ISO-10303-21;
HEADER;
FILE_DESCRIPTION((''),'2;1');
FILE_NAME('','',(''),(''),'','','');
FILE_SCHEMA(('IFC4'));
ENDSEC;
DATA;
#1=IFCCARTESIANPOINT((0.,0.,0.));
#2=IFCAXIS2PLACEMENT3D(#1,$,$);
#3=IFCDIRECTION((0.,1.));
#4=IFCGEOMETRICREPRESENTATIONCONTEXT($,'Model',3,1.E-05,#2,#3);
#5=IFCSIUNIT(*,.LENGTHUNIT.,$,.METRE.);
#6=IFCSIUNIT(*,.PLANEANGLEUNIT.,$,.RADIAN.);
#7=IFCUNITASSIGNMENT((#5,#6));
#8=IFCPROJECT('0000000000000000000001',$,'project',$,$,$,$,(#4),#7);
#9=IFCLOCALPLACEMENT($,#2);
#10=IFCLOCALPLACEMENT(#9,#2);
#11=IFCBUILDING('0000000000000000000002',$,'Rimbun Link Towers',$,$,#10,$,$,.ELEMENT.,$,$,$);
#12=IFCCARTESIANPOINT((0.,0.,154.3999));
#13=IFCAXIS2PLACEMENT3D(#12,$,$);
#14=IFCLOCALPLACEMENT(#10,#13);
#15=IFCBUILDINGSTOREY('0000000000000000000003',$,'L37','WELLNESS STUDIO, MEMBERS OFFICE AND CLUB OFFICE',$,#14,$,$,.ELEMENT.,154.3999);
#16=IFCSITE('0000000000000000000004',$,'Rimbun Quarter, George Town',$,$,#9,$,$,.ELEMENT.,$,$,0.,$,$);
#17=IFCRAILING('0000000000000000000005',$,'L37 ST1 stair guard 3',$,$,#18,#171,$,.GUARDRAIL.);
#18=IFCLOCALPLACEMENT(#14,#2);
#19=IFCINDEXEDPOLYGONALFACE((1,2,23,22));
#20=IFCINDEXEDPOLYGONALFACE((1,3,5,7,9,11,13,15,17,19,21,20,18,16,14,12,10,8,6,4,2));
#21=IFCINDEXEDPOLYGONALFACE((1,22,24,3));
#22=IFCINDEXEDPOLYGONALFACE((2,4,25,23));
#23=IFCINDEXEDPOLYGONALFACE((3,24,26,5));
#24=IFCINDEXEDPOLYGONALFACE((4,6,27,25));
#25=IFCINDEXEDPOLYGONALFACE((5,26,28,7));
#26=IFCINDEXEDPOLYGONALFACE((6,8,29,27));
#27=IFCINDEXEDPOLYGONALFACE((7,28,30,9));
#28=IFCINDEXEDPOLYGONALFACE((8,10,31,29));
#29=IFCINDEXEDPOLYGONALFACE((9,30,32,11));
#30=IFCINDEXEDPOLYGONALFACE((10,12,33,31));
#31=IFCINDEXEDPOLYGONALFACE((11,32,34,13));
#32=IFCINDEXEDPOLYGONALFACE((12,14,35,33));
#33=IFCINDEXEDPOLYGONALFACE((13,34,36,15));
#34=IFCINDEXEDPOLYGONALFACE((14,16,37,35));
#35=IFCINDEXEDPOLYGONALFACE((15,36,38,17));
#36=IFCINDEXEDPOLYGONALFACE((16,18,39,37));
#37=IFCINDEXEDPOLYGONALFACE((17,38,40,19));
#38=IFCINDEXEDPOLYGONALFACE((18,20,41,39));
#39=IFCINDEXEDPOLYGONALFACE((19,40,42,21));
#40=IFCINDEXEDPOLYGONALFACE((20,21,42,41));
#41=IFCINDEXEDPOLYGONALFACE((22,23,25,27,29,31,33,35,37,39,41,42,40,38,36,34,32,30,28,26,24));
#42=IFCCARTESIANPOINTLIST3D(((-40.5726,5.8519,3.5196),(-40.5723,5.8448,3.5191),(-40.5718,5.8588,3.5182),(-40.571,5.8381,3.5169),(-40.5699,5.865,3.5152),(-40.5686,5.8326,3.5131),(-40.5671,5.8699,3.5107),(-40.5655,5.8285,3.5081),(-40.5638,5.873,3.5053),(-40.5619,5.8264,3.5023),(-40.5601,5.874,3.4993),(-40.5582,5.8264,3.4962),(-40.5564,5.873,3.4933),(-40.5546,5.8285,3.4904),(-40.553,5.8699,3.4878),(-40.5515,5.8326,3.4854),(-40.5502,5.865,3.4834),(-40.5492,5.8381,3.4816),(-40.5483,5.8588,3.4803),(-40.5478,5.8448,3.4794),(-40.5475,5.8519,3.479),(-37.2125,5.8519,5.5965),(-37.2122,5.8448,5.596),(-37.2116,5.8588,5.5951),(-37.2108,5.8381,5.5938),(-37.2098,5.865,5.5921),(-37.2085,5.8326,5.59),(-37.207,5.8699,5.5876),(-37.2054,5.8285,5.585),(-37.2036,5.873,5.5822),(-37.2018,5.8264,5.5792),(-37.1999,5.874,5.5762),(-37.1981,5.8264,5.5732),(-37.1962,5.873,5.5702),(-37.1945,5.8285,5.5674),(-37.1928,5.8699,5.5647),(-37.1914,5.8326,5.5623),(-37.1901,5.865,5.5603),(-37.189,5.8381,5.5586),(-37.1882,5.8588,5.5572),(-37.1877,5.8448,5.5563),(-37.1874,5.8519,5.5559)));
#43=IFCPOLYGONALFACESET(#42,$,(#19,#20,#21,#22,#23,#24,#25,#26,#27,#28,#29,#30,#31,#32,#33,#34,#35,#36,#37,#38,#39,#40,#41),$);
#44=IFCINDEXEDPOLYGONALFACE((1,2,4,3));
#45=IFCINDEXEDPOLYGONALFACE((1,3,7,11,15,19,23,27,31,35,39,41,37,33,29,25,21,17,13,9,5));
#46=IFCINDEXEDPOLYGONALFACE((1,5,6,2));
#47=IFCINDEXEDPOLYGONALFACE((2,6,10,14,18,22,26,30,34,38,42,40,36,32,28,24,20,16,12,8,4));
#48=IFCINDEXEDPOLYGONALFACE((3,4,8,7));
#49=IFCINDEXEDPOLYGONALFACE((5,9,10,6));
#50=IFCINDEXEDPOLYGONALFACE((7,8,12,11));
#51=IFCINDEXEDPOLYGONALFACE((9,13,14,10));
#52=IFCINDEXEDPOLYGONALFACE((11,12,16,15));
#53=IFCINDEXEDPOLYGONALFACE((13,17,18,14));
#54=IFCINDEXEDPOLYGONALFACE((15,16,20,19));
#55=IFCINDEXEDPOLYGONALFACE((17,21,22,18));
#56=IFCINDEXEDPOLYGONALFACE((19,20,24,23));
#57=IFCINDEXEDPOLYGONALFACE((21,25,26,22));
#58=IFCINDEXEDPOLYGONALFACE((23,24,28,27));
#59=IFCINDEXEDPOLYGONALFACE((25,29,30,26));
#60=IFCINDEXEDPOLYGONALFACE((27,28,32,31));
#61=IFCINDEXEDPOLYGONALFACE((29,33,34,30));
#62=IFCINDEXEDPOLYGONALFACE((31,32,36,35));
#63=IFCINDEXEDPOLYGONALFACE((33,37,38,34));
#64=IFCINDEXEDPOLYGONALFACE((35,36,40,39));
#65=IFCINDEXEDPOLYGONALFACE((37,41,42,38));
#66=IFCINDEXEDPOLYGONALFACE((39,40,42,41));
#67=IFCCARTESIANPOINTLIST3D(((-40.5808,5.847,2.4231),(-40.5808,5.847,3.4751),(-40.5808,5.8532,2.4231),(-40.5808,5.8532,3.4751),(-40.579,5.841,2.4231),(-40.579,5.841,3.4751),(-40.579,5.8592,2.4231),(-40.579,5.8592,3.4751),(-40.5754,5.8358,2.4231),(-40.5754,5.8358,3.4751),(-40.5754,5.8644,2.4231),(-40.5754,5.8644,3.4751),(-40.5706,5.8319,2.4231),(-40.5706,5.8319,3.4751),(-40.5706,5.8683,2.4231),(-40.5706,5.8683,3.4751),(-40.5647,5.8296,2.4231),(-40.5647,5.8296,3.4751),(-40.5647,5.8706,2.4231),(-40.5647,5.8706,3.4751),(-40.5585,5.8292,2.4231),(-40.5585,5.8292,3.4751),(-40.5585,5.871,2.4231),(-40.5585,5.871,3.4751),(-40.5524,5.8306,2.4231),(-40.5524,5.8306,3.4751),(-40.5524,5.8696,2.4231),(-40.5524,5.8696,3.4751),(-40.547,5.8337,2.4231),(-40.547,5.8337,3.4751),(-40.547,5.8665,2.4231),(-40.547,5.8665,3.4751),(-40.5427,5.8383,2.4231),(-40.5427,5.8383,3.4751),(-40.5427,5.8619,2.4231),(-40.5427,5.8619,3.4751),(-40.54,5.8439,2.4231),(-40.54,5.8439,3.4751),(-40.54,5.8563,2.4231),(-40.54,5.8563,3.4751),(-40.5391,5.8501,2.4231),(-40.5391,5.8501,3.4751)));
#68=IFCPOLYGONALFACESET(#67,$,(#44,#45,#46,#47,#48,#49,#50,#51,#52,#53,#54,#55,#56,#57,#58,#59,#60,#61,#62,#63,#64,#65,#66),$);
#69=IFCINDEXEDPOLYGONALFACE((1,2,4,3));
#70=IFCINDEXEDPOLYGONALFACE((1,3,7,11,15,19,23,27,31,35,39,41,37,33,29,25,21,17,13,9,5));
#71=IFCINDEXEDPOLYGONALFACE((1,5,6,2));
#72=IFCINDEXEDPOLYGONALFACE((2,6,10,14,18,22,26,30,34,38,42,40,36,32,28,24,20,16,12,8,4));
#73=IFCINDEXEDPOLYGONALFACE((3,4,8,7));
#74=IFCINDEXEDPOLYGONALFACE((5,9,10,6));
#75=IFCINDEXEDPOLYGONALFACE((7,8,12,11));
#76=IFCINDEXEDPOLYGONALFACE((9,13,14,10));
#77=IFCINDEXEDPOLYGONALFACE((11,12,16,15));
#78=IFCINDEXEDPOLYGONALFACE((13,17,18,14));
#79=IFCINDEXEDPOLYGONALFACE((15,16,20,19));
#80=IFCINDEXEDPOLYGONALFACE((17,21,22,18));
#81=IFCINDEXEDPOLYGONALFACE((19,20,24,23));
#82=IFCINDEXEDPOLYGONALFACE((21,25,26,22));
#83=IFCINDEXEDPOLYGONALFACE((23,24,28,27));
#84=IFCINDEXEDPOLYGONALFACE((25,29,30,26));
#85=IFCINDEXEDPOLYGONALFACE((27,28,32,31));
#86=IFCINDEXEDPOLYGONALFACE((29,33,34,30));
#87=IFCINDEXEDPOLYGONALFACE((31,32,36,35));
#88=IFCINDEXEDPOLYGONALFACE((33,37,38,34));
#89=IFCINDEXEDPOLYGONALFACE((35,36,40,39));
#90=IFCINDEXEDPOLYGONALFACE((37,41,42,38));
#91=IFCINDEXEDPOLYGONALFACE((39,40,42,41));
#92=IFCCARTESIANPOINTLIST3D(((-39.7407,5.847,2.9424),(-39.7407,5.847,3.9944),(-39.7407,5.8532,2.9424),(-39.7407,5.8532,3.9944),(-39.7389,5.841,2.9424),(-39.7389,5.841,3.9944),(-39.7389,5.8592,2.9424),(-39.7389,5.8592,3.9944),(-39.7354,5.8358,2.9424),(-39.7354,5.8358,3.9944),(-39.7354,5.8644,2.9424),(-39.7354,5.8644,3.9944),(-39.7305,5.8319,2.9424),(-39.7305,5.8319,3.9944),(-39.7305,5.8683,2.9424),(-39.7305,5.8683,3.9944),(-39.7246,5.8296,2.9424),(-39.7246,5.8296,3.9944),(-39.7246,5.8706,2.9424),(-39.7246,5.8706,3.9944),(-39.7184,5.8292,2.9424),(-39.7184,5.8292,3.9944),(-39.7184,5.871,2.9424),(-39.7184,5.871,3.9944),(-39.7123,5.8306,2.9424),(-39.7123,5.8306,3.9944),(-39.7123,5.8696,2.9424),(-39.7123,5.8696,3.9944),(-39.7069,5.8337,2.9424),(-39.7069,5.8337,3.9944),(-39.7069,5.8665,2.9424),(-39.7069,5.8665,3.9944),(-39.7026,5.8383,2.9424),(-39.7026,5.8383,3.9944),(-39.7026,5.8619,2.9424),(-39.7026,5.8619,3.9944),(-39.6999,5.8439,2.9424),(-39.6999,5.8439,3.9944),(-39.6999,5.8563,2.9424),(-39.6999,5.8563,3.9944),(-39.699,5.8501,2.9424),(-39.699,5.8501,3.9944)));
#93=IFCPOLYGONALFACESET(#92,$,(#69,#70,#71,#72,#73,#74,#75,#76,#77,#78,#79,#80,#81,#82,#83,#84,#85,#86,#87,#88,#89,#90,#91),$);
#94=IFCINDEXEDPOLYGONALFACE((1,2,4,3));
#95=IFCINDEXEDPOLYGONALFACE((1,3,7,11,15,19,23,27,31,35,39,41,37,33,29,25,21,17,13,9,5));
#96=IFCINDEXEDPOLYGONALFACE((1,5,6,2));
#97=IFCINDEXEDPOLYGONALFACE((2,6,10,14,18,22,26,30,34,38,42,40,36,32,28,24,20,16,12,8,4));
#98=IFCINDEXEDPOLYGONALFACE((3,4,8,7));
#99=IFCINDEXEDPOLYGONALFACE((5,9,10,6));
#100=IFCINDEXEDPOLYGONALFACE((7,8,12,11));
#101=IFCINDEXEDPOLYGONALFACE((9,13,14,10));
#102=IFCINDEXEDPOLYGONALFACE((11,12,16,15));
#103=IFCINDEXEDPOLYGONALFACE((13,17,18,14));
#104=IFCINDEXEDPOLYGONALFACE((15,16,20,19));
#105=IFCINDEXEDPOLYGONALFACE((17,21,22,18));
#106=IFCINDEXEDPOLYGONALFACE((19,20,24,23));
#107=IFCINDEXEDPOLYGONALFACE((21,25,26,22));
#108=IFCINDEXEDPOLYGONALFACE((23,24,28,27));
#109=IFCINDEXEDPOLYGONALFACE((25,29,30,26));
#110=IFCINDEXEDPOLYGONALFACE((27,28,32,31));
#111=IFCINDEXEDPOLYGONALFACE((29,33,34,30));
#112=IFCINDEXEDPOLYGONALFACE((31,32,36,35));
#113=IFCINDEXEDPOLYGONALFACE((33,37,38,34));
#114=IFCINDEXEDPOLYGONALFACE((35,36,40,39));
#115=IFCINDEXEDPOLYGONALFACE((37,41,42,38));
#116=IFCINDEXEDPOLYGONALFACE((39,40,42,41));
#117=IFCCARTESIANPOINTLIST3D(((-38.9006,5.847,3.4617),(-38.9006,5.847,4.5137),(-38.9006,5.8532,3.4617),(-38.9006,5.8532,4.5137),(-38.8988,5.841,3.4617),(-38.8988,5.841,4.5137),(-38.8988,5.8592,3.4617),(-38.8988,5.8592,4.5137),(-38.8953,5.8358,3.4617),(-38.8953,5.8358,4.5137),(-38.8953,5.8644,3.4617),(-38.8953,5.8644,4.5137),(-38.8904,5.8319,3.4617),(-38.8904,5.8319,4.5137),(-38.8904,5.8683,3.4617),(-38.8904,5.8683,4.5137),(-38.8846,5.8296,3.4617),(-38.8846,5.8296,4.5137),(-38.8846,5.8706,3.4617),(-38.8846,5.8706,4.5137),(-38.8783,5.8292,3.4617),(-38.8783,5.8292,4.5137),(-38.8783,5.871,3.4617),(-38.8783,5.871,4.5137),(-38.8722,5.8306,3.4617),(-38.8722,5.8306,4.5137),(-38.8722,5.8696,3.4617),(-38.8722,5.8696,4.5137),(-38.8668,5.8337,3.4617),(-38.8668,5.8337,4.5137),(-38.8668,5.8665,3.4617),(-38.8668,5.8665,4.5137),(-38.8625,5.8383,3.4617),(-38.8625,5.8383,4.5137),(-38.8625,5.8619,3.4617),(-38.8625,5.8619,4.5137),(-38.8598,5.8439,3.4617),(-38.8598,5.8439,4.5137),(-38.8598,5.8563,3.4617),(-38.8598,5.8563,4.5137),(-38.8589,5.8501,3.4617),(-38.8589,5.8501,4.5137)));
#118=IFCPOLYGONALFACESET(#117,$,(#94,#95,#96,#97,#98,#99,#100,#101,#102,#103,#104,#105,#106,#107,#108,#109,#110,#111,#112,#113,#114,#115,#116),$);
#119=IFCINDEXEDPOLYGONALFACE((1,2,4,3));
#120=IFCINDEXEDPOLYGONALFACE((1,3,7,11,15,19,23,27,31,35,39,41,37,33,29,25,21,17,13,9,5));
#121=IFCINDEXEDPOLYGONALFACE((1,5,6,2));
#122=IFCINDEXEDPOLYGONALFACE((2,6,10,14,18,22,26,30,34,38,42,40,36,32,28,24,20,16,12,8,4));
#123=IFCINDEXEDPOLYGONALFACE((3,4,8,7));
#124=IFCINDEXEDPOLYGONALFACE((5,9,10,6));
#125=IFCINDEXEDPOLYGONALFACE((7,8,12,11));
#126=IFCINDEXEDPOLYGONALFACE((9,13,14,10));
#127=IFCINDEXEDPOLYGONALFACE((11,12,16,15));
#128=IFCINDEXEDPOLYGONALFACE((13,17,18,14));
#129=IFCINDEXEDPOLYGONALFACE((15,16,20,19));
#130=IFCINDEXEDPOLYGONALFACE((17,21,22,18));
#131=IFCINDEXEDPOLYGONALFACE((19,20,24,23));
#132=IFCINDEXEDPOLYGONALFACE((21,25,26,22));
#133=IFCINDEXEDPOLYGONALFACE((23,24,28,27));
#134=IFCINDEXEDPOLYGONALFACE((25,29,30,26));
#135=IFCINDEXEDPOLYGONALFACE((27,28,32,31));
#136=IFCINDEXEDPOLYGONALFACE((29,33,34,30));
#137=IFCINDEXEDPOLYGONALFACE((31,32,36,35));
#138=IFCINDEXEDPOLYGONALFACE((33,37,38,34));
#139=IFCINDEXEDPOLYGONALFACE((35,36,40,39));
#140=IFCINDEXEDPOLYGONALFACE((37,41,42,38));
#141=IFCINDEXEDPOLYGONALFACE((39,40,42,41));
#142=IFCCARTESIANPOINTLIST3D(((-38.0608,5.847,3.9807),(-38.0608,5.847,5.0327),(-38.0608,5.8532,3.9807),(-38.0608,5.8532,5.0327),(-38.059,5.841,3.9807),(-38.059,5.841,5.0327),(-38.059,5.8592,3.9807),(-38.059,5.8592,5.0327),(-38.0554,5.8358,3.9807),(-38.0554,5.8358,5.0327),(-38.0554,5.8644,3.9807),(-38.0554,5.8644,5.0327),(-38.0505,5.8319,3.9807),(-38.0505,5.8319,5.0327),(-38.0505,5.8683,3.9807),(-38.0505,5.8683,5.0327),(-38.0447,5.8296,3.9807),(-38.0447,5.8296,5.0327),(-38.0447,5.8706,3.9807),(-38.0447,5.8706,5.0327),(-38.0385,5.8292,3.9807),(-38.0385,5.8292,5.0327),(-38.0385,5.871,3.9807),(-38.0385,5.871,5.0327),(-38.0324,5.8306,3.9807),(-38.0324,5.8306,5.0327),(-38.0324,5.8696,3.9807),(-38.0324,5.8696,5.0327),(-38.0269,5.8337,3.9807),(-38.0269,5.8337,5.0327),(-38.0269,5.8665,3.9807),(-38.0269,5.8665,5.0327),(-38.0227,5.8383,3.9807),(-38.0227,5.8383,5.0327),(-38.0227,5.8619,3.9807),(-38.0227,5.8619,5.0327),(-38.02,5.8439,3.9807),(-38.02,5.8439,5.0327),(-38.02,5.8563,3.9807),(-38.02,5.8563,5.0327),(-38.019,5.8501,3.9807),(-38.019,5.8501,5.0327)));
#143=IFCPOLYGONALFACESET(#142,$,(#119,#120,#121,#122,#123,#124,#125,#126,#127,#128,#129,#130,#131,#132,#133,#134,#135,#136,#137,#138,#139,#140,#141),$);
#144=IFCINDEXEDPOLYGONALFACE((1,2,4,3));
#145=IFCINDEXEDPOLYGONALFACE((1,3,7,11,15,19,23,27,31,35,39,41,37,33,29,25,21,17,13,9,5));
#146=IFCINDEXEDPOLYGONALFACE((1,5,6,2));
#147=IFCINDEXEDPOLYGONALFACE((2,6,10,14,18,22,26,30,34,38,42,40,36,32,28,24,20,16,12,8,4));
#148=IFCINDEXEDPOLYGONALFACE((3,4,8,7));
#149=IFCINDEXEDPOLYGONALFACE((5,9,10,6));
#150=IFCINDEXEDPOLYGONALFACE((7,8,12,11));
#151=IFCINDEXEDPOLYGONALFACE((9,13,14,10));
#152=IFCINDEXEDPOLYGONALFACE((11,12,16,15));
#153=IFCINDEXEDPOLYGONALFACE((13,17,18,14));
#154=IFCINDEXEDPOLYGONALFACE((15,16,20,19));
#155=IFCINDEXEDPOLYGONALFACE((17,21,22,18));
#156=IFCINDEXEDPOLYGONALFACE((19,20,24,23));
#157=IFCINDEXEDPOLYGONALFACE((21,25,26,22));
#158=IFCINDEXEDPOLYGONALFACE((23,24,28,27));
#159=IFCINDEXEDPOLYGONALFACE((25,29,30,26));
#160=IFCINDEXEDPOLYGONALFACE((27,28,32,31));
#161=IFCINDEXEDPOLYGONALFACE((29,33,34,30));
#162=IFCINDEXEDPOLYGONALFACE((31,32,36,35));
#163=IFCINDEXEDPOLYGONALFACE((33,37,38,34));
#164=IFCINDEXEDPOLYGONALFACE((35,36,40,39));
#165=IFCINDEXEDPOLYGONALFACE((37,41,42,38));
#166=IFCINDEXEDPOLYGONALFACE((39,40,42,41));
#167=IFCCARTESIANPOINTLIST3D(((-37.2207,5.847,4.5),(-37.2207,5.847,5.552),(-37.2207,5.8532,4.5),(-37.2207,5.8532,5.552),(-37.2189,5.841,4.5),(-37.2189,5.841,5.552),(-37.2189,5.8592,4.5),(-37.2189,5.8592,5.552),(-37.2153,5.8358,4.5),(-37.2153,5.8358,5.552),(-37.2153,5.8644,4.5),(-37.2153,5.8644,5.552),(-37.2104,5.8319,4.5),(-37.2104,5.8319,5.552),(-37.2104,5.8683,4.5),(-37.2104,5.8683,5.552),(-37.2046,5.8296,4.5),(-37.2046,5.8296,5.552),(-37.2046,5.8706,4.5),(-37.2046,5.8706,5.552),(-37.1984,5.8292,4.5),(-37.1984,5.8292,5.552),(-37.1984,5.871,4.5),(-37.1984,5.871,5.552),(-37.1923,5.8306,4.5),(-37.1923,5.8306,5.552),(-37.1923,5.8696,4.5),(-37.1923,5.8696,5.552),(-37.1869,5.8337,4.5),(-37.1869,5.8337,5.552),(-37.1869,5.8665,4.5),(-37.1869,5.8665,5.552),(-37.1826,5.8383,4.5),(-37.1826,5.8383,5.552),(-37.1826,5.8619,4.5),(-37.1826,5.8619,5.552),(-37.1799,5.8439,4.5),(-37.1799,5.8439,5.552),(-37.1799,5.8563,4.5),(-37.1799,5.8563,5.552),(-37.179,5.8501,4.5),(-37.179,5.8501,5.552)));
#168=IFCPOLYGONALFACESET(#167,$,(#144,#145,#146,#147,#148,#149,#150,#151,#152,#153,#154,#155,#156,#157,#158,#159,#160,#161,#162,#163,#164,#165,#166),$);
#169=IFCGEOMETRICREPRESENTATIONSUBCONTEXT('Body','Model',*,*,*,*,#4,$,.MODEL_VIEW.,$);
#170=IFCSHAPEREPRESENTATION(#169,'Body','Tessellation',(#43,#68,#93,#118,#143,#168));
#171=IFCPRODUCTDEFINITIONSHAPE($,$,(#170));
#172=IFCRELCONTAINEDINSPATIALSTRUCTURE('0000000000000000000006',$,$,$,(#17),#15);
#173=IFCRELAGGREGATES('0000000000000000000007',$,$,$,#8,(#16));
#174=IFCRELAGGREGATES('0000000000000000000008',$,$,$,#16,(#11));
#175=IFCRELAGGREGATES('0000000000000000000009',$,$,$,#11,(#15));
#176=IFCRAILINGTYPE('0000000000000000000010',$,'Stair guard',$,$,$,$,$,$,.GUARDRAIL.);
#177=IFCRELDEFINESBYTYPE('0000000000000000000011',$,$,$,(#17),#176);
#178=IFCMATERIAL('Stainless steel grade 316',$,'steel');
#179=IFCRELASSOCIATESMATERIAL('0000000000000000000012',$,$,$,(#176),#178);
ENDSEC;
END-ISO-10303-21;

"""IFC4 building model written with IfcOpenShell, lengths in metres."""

from ifc_helpers import new_model, si_unit, direction, frame, origin, origin_2d, place, context, subcontext, project, spatial, circle, extrude, material, type_object, element, save


model = new_model("IFC4")

# Units and contexts
model_context = context("Model", 3, precision=1e-05, world=origin(), true_north=direction((0.0, 1.0)))
body_context = subcontext(model_context, "Body", "Model", "MODEL_VIEW")
ifc_project = project(units=[si_unit("LENGTHUNIT", "METRE"), si_unit("PLANEANGLEUNIT", "RADIAN")], contexts=[model_context])

# Site, building, storey
site_placement = place(None, origin())
site = spatial("IfcSite", under=ifc_project, at=site_placement, Name="Rimbun Quarter, George Town", CompositionType="ELEMENT", RefElevation=0.0)
building_placement = place(site_placement, origin())
building = spatial("IfcBuilding", under=site, at=building_placement, Name="Rimbun Link Towers", CompositionType="ELEMENT")
storey_placement = place(building_placement, frame((0.0, 0.0, 154.3999)))
storey = spatial("IfcBuildingStorey", under=building, at=storey_placement, Name="L37", Description="WELLNESS STUDIO, MEMBERS OFFICE AND CLUB OFFICE", CompositionType="ELEMENT", Elevation=154.3999)

# Railing
ifc_material_1 = material(Name="Stainless steel grade 316", Category="steel")
railing_type_1 = type_object("IfcRailingType", Name="Stair guard", PredefinedType="GUARDRAIL", material=ifc_material_1)
railing_1_placement = place(storey_placement, frame((-40.5601, 5.8501, 2.4231)))
element("IfcRailing", 1, at=railing_1_placement, inside=storey, type_object=railing_type_1, Name="L37 ST1 stair guard 3", PredefinedType="GUARDRAIL", context=body_context, shape_type="SweptSolid", body=[
    extrude(circle(Radius=0.0239, at=origin_2d()), frame((0.0, 0.0, 1.0762), z_axis=(0.850623, 0.0, 0.525776), x_axis=(0.0, 1.0, 0.0)), (0.0, 0.0, 1.0), 3.9502),
    extrude(circle(Radius=0.021, at=origin_2d()), origin(), (0.0, 0.0, 1.0), 1.052),
    extrude(circle(Radius=0.021, at=origin_2d()), frame((0.8401, 0.0, 0.5193)), (0.0, 0.0, 1.0), 1.052),
    extrude(circle(Radius=0.021, at=origin_2d()), frame((1.6802, 0.0, 1.0386)), (0.0, 0.0, 1.0), 1.052),
    extrude(circle(Radius=0.021, at=origin_2d()), frame((2.52, 0.0, 1.5576)), (0.0, 0.0, 1.0), 1.052),
    extrude(circle(Radius=0.021, at=origin_2d()), frame((3.3601, 0.0, 2.0769)), (0.0, 0.0, 1.0), 1.052),
])

save(model, "model.ifc")
